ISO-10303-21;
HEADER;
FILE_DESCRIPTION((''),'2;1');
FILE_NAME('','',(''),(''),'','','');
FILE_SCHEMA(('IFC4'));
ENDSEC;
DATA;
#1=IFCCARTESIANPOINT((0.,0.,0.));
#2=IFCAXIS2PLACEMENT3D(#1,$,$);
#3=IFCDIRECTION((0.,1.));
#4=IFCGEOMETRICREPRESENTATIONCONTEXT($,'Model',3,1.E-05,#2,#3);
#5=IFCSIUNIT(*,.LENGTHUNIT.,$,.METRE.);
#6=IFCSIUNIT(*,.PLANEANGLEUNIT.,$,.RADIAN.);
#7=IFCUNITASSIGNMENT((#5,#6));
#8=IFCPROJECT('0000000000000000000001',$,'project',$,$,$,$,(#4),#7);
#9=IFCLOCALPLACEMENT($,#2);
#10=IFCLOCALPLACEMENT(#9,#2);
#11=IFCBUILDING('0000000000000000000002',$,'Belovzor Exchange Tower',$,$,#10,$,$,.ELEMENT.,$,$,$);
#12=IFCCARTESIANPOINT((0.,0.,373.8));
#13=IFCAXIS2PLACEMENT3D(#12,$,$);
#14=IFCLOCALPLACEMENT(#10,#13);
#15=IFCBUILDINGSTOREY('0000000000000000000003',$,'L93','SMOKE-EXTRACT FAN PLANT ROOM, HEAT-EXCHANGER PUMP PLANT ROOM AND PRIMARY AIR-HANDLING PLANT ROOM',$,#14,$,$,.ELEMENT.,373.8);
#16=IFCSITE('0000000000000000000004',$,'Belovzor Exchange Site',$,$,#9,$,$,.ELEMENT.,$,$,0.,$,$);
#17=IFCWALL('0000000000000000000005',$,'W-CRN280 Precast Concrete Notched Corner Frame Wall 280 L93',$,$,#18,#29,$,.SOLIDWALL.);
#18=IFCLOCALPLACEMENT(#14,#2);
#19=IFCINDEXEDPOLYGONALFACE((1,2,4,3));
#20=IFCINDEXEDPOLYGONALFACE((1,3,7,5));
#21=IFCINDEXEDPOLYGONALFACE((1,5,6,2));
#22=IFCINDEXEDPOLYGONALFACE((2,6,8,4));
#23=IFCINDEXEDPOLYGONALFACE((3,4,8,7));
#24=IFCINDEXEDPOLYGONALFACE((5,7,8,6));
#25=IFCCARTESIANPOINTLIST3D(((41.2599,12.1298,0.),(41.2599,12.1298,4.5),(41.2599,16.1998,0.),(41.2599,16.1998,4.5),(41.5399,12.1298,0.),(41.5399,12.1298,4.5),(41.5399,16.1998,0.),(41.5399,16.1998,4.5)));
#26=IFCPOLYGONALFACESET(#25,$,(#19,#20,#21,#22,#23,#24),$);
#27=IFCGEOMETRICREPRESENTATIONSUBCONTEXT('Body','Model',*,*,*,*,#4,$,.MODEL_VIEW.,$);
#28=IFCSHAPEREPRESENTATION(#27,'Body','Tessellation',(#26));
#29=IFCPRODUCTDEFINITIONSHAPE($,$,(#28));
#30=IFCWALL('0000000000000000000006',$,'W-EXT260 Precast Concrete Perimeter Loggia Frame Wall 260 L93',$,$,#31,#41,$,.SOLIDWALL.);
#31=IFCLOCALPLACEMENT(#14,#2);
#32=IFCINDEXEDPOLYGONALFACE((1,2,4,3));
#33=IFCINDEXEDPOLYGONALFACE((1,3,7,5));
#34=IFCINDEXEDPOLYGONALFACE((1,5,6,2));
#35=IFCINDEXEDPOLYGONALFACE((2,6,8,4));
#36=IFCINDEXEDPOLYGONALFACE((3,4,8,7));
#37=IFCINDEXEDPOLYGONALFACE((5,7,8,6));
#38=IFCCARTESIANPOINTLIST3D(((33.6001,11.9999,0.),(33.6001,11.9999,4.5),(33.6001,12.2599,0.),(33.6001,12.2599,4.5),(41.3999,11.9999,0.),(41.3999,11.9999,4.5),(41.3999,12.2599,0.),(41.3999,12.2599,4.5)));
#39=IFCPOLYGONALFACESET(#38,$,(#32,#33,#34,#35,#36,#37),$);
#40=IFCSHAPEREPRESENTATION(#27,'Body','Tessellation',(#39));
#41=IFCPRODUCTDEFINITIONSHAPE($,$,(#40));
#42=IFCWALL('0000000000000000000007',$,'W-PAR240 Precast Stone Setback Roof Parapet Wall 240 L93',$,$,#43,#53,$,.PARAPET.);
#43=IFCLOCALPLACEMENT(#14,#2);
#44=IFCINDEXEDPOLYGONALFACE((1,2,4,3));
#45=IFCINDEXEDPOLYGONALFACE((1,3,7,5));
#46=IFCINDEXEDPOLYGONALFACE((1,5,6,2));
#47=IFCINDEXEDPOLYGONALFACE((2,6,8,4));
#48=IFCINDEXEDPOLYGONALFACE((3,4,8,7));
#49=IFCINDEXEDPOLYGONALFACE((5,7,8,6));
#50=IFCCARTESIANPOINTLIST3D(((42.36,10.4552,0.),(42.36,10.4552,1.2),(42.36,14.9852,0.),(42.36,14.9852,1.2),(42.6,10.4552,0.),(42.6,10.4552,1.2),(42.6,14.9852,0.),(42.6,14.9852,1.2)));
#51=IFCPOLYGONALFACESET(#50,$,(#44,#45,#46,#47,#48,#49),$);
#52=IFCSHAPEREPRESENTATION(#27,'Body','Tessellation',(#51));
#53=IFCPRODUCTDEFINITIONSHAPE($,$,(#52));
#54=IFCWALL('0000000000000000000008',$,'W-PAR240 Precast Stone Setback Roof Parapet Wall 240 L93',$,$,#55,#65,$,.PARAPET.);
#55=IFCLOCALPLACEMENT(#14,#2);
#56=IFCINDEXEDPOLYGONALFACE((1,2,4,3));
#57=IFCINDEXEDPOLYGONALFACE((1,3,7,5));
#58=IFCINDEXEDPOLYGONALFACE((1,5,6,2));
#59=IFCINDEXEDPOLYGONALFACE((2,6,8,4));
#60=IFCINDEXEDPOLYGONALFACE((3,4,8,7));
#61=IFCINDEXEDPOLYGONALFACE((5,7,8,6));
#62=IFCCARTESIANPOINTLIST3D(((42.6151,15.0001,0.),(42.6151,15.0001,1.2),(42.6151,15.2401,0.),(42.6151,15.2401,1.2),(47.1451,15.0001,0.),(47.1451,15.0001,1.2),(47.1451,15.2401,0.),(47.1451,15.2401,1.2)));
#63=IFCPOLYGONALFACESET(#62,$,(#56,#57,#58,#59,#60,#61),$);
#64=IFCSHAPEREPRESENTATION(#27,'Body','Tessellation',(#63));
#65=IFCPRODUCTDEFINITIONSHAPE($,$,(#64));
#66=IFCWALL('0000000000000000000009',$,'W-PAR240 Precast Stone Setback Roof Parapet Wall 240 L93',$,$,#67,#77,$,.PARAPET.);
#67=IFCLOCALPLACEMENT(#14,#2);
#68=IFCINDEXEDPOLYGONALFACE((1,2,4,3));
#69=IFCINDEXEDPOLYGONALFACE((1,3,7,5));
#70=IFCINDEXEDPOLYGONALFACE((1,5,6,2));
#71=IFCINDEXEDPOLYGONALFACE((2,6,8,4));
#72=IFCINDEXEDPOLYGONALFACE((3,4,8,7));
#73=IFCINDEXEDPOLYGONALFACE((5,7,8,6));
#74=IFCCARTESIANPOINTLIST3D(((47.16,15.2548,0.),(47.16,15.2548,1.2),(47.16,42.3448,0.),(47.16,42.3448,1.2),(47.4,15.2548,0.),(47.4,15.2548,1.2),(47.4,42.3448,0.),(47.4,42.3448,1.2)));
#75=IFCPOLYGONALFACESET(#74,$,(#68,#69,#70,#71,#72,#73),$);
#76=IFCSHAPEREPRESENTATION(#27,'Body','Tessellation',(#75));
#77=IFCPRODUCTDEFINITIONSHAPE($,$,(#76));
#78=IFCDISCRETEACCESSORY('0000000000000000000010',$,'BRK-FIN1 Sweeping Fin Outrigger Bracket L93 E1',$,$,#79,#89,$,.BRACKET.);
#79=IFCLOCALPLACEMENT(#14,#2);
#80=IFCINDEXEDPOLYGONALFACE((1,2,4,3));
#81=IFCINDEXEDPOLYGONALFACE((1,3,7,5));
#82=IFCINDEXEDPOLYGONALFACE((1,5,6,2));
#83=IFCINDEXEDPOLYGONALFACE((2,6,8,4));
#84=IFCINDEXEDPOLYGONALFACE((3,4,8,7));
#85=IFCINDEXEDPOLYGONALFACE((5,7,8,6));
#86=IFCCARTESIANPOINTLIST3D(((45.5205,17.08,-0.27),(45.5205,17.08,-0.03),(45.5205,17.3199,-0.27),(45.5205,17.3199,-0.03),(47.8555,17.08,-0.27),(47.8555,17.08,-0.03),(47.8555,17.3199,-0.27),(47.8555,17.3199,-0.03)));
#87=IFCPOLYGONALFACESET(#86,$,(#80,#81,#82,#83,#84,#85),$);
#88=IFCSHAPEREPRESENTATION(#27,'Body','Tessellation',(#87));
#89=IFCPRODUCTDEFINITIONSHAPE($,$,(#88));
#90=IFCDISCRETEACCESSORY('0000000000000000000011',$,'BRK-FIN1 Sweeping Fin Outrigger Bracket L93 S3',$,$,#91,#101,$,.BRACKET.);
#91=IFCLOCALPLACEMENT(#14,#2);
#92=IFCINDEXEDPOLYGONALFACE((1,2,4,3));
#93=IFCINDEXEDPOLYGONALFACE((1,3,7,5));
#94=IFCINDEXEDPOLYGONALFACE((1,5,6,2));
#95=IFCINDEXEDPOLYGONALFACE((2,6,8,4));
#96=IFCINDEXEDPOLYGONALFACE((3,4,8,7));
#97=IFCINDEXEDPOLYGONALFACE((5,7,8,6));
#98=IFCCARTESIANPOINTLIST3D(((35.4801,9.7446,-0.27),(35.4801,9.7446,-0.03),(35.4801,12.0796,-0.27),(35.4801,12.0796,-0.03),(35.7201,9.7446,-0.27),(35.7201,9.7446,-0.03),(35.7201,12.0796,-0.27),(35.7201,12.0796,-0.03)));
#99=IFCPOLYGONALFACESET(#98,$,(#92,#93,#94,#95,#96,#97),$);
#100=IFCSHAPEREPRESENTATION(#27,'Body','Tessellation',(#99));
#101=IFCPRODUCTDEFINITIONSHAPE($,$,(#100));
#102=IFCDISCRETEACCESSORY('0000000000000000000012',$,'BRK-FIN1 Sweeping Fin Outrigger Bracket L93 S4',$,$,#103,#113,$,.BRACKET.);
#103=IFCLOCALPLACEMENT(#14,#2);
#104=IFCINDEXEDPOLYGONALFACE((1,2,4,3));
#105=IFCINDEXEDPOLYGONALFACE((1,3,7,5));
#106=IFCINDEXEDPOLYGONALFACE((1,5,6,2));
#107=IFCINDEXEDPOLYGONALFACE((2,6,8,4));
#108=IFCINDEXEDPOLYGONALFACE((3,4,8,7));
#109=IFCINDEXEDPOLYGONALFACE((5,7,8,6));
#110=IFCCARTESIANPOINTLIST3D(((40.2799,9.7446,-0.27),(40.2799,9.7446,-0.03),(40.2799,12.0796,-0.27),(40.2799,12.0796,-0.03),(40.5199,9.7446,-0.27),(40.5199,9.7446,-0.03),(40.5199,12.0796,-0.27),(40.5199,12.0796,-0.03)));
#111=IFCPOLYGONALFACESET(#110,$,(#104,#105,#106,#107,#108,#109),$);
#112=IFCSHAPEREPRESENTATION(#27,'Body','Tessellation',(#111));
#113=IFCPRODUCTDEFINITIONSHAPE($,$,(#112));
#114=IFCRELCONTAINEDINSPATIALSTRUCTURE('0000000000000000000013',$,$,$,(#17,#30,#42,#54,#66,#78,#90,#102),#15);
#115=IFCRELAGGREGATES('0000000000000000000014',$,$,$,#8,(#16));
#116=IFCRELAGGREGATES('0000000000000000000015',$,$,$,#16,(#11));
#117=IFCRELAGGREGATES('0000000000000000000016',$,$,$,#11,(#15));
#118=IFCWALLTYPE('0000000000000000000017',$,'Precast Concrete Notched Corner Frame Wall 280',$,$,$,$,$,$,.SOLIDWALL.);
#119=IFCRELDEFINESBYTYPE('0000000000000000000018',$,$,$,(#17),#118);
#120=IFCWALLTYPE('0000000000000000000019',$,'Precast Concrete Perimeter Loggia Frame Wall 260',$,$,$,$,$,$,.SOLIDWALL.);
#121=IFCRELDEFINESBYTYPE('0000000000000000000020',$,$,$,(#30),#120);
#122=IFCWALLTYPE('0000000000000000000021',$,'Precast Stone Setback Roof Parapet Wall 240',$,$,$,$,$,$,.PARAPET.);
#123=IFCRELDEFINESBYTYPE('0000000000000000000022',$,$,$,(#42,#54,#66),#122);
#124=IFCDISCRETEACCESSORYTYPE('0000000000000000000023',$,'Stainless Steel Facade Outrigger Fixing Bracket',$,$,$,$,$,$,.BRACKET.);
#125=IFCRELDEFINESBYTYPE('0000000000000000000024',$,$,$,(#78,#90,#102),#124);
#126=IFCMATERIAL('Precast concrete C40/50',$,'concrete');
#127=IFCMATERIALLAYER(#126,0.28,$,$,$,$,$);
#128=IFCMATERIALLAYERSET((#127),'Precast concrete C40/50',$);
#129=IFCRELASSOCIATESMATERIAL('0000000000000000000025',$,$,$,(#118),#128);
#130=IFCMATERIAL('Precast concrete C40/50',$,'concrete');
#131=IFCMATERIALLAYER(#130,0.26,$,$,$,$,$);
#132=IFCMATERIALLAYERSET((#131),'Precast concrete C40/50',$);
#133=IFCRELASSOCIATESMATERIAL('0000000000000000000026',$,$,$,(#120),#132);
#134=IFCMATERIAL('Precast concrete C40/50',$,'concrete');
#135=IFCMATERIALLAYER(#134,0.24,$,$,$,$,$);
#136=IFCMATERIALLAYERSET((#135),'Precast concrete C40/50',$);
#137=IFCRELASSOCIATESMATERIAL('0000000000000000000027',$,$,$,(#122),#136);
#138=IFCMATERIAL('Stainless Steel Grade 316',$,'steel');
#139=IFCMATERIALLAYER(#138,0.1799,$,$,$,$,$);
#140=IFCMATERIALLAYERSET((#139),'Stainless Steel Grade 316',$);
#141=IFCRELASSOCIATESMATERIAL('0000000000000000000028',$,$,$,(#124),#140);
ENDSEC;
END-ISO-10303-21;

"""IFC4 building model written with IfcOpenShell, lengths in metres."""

from ifc_helpers import new_model, si_unit, direction, frame, frame_2d, origin, origin_2d, place, context, subcontext, project, spatial, rectangle, extrude, material, layer, layer_set, type_object, element, save


model = new_model("IFC4")

# Units and contexts
model_context = context("Model", 3, precision=1e-05, world=origin(), true_north=direction((0.0, 1.0)))
body_context = subcontext(model_context, "Body", "Model", "MODEL_VIEW")
ifc_project = project(units=[si_unit("LENGTHUNIT", "METRE"), si_unit("PLANEANGLEUNIT", "RADIAN")], contexts=[model_context])

# Site, building, storey
site_placement = place(None, origin())
site = spatial("IfcSite", under=ifc_project, at=site_placement, Name="Belovzor Exchange Site", CompositionType="ELEMENT", RefElevation=0.0)
building_placement = place(site_placement, origin())
building = spatial("IfcBuilding", under=site, at=building_placement, Name="Belovzor Exchange Tower", CompositionType="ELEMENT")
storey_placement = place(building_placement, frame((0.0, 0.0, 373.8)))
storey = spatial("IfcBuildingStorey", under=building, at=storey_placement, Name="L93", Description="SMOKE-EXTRACT FAN PLANT ROOM, HEAT-EXCHANGER PUMP PLANT ROOM AND PRIMARY AIR-HANDLING PLANT ROOM", CompositionType="ELEMENT", Elevation=373.8)

# Walls
ifc_material_1 = material(Name="Precast concrete C40/50", Category="concrete")
ifc_layer_1 = layer(ifc_material_1, 0.28)
ifc_layer_set_1 = layer_set([ifc_layer_1], Name="Precast concrete C40/50")
wall_type_1 = type_object("IfcWallType", Name="Precast Concrete Notched Corner Frame Wall 280", PredefinedType="SOLIDWALL", material=ifc_layer_set_1)
for number, where, z_axis, x_axis, name in (
    (1, (41.3999, 16.2, 0.0), (0.0, 0.0, 1.0), (0.0, -1.0, 0.0), "W-CRN280 Precast Concrete Notched Corner Frame Wall 280 L93"),
):
    element("IfcWall", number, at=place(storey_placement, frame(where, z_axis=z_axis, x_axis=x_axis)), inside=storey, type_object=wall_type_1, Name=name, PredefinedType="SOLIDWALL", context=body_context, shape_type="SweptSolid", body=[
        extrude(rectangle(XDim=4.0701, YDim=0.28, at=frame_2d((2.0352, 0.0))), origin(), (0.0, 0.0, 1.0), 4.5),
    ])
ifc_material_2 = material(Name="Precast concrete C40/50", Category="concrete")
ifc_layer_2 = layer(ifc_material_2, 0.26)
ifc_layer_set_2 = layer_set([ifc_layer_2], Name="Precast concrete C40/50")
wall_type_2 = type_object("IfcWallType", Name="Precast Concrete Perimeter Loggia Frame Wall 260", PredefinedType="SOLIDWALL", material=ifc_layer_set_2)
wall_1_placement = place(storey_placement, frame((41.3999, 12.1299, 0.0), z_axis=(0.0, 0.0, 1.0), x_axis=(-1.0, 0.0, 0.0)))
element("IfcWall", 2, at=wall_1_placement, inside=storey, type_object=wall_type_2, Name="W-EXT260 Precast Concrete Perimeter Loggia Frame Wall 260 L93", PredefinedType="SOLIDWALL", context=body_context, shape_type="SweptSolid", body=[
    extrude(rectangle(XDim=7.7998, YDim=0.26, at=frame_2d((3.8999, 0.0))), origin(), (0.0, 0.0, 1.0), 4.5),
])
ifc_material_3 = material(Name="Precast concrete C40/50", Category="concrete")
ifc_layer_3 = layer(ifc_material_3, 0.24)
ifc_layer_set_3 = layer_set([ifc_layer_3], Name="Precast concrete C40/50")
wall_type_3 = type_object("IfcWallType", Name="Precast Stone Setback Roof Parapet Wall 240", PredefinedType="PARAPET", material=ifc_layer_set_3)
for number, where, z_axis, x_axis, name in (
    (3, (42.48, 10.4551, 0.0), (0.0, 0.0, 1.0), (0.0, 1.0, 0.0), "W-PAR240 Precast Stone Setback Roof Parapet Wall 240 L93"),
    (4, (42.615, 15.1201, 0.0), (0.0, 0.0, 1.0), (1.0, 0.0, 0.0), "W-PAR240 Precast Stone Setback Roof Parapet Wall 240 L93"),
):
    element("IfcWall", number, at=place(storey_placement, frame(where, z_axis=z_axis, x_axis=x_axis)), inside=storey, type_object=wall_type_3, Name=name, PredefinedType="PARAPET", context=body_context, shape_type="SweptSolid", body=[
        extrude(rectangle(XDim=4.53, YDim=0.24, at=frame_2d((2.2651, 0.0))), origin(), (0.0, 0.0, 1.0), 1.2),
    ])
wall_2_placement = place(storey_placement, frame((47.28, 15.2549, 0.0), z_axis=(0.0, 0.0, 1.0), x_axis=(0.0, 1.0, 0.0)))
element("IfcWall", 5, at=wall_2_placement, inside=storey, type_object=wall_type_3, Name="W-PAR240 Precast Stone Setback Roof Parapet Wall 240 L93", PredefinedType="PARAPET", context=body_context, shape_type="SweptSolid", body=[
    extrude(rectangle(XDim=27.0901, YDim=0.24, at=frame_2d((13.5449, 0.0))), origin(), (0.0, 0.0, 1.0), 1.2),
])

# Discrete accessories
ifc_material_4 = material(Name="Stainless Steel Grade 316", Category="steel")
ifc_layer_4 = layer(ifc_material_4, 0.1799)
ifc_layer_set_4 = layer_set([ifc_layer_4], Name="Stainless Steel Grade 316")
discrete_accessory_type = type_object("IfcDiscreteAccessoryType", Name="Stainless Steel Facade Outrigger Fixing Bracket", PredefinedType="BRACKET", material=ifc_layer_set_4)
for number, where, z_axis, x_axis, name in (
    (6, (46.688, 17.2, -0.27), (0.0, 0.0, 1.0), (1.0, 0.0, 0.0), "BRK-FIN1 Sweeping Fin Outrigger Bracket L93 E1"),
    (7, (35.6001, 10.9121, -0.27), (0.0, 0.0, 1.0), (0.0, 1.0, 0.0), "BRK-FIN1 Sweeping Fin Outrigger Bracket L93 S3"),
    (8, (40.3999, 10.9121, -0.27), (0.0, 0.0, 1.0), (0.0, 1.0, 0.0), "BRK-FIN1 Sweeping Fin Outrigger Bracket L93 S4"),
):
    element("IfcDiscreteAccessory", number, at=place(storey_placement, frame(where, z_axis=z_axis, x_axis=x_axis)), inside=storey, type_object=discrete_accessory_type, Name=name, PredefinedType="BRACKET", context=body_context, shape_type="SweptSolid", body=[
        extrude(rectangle(XDim=2.335, YDim=0.24, at=origin_2d()), origin(), (0.0, 0.0, 1.0), 0.24),
    ])

save(model, "model.ifc")
